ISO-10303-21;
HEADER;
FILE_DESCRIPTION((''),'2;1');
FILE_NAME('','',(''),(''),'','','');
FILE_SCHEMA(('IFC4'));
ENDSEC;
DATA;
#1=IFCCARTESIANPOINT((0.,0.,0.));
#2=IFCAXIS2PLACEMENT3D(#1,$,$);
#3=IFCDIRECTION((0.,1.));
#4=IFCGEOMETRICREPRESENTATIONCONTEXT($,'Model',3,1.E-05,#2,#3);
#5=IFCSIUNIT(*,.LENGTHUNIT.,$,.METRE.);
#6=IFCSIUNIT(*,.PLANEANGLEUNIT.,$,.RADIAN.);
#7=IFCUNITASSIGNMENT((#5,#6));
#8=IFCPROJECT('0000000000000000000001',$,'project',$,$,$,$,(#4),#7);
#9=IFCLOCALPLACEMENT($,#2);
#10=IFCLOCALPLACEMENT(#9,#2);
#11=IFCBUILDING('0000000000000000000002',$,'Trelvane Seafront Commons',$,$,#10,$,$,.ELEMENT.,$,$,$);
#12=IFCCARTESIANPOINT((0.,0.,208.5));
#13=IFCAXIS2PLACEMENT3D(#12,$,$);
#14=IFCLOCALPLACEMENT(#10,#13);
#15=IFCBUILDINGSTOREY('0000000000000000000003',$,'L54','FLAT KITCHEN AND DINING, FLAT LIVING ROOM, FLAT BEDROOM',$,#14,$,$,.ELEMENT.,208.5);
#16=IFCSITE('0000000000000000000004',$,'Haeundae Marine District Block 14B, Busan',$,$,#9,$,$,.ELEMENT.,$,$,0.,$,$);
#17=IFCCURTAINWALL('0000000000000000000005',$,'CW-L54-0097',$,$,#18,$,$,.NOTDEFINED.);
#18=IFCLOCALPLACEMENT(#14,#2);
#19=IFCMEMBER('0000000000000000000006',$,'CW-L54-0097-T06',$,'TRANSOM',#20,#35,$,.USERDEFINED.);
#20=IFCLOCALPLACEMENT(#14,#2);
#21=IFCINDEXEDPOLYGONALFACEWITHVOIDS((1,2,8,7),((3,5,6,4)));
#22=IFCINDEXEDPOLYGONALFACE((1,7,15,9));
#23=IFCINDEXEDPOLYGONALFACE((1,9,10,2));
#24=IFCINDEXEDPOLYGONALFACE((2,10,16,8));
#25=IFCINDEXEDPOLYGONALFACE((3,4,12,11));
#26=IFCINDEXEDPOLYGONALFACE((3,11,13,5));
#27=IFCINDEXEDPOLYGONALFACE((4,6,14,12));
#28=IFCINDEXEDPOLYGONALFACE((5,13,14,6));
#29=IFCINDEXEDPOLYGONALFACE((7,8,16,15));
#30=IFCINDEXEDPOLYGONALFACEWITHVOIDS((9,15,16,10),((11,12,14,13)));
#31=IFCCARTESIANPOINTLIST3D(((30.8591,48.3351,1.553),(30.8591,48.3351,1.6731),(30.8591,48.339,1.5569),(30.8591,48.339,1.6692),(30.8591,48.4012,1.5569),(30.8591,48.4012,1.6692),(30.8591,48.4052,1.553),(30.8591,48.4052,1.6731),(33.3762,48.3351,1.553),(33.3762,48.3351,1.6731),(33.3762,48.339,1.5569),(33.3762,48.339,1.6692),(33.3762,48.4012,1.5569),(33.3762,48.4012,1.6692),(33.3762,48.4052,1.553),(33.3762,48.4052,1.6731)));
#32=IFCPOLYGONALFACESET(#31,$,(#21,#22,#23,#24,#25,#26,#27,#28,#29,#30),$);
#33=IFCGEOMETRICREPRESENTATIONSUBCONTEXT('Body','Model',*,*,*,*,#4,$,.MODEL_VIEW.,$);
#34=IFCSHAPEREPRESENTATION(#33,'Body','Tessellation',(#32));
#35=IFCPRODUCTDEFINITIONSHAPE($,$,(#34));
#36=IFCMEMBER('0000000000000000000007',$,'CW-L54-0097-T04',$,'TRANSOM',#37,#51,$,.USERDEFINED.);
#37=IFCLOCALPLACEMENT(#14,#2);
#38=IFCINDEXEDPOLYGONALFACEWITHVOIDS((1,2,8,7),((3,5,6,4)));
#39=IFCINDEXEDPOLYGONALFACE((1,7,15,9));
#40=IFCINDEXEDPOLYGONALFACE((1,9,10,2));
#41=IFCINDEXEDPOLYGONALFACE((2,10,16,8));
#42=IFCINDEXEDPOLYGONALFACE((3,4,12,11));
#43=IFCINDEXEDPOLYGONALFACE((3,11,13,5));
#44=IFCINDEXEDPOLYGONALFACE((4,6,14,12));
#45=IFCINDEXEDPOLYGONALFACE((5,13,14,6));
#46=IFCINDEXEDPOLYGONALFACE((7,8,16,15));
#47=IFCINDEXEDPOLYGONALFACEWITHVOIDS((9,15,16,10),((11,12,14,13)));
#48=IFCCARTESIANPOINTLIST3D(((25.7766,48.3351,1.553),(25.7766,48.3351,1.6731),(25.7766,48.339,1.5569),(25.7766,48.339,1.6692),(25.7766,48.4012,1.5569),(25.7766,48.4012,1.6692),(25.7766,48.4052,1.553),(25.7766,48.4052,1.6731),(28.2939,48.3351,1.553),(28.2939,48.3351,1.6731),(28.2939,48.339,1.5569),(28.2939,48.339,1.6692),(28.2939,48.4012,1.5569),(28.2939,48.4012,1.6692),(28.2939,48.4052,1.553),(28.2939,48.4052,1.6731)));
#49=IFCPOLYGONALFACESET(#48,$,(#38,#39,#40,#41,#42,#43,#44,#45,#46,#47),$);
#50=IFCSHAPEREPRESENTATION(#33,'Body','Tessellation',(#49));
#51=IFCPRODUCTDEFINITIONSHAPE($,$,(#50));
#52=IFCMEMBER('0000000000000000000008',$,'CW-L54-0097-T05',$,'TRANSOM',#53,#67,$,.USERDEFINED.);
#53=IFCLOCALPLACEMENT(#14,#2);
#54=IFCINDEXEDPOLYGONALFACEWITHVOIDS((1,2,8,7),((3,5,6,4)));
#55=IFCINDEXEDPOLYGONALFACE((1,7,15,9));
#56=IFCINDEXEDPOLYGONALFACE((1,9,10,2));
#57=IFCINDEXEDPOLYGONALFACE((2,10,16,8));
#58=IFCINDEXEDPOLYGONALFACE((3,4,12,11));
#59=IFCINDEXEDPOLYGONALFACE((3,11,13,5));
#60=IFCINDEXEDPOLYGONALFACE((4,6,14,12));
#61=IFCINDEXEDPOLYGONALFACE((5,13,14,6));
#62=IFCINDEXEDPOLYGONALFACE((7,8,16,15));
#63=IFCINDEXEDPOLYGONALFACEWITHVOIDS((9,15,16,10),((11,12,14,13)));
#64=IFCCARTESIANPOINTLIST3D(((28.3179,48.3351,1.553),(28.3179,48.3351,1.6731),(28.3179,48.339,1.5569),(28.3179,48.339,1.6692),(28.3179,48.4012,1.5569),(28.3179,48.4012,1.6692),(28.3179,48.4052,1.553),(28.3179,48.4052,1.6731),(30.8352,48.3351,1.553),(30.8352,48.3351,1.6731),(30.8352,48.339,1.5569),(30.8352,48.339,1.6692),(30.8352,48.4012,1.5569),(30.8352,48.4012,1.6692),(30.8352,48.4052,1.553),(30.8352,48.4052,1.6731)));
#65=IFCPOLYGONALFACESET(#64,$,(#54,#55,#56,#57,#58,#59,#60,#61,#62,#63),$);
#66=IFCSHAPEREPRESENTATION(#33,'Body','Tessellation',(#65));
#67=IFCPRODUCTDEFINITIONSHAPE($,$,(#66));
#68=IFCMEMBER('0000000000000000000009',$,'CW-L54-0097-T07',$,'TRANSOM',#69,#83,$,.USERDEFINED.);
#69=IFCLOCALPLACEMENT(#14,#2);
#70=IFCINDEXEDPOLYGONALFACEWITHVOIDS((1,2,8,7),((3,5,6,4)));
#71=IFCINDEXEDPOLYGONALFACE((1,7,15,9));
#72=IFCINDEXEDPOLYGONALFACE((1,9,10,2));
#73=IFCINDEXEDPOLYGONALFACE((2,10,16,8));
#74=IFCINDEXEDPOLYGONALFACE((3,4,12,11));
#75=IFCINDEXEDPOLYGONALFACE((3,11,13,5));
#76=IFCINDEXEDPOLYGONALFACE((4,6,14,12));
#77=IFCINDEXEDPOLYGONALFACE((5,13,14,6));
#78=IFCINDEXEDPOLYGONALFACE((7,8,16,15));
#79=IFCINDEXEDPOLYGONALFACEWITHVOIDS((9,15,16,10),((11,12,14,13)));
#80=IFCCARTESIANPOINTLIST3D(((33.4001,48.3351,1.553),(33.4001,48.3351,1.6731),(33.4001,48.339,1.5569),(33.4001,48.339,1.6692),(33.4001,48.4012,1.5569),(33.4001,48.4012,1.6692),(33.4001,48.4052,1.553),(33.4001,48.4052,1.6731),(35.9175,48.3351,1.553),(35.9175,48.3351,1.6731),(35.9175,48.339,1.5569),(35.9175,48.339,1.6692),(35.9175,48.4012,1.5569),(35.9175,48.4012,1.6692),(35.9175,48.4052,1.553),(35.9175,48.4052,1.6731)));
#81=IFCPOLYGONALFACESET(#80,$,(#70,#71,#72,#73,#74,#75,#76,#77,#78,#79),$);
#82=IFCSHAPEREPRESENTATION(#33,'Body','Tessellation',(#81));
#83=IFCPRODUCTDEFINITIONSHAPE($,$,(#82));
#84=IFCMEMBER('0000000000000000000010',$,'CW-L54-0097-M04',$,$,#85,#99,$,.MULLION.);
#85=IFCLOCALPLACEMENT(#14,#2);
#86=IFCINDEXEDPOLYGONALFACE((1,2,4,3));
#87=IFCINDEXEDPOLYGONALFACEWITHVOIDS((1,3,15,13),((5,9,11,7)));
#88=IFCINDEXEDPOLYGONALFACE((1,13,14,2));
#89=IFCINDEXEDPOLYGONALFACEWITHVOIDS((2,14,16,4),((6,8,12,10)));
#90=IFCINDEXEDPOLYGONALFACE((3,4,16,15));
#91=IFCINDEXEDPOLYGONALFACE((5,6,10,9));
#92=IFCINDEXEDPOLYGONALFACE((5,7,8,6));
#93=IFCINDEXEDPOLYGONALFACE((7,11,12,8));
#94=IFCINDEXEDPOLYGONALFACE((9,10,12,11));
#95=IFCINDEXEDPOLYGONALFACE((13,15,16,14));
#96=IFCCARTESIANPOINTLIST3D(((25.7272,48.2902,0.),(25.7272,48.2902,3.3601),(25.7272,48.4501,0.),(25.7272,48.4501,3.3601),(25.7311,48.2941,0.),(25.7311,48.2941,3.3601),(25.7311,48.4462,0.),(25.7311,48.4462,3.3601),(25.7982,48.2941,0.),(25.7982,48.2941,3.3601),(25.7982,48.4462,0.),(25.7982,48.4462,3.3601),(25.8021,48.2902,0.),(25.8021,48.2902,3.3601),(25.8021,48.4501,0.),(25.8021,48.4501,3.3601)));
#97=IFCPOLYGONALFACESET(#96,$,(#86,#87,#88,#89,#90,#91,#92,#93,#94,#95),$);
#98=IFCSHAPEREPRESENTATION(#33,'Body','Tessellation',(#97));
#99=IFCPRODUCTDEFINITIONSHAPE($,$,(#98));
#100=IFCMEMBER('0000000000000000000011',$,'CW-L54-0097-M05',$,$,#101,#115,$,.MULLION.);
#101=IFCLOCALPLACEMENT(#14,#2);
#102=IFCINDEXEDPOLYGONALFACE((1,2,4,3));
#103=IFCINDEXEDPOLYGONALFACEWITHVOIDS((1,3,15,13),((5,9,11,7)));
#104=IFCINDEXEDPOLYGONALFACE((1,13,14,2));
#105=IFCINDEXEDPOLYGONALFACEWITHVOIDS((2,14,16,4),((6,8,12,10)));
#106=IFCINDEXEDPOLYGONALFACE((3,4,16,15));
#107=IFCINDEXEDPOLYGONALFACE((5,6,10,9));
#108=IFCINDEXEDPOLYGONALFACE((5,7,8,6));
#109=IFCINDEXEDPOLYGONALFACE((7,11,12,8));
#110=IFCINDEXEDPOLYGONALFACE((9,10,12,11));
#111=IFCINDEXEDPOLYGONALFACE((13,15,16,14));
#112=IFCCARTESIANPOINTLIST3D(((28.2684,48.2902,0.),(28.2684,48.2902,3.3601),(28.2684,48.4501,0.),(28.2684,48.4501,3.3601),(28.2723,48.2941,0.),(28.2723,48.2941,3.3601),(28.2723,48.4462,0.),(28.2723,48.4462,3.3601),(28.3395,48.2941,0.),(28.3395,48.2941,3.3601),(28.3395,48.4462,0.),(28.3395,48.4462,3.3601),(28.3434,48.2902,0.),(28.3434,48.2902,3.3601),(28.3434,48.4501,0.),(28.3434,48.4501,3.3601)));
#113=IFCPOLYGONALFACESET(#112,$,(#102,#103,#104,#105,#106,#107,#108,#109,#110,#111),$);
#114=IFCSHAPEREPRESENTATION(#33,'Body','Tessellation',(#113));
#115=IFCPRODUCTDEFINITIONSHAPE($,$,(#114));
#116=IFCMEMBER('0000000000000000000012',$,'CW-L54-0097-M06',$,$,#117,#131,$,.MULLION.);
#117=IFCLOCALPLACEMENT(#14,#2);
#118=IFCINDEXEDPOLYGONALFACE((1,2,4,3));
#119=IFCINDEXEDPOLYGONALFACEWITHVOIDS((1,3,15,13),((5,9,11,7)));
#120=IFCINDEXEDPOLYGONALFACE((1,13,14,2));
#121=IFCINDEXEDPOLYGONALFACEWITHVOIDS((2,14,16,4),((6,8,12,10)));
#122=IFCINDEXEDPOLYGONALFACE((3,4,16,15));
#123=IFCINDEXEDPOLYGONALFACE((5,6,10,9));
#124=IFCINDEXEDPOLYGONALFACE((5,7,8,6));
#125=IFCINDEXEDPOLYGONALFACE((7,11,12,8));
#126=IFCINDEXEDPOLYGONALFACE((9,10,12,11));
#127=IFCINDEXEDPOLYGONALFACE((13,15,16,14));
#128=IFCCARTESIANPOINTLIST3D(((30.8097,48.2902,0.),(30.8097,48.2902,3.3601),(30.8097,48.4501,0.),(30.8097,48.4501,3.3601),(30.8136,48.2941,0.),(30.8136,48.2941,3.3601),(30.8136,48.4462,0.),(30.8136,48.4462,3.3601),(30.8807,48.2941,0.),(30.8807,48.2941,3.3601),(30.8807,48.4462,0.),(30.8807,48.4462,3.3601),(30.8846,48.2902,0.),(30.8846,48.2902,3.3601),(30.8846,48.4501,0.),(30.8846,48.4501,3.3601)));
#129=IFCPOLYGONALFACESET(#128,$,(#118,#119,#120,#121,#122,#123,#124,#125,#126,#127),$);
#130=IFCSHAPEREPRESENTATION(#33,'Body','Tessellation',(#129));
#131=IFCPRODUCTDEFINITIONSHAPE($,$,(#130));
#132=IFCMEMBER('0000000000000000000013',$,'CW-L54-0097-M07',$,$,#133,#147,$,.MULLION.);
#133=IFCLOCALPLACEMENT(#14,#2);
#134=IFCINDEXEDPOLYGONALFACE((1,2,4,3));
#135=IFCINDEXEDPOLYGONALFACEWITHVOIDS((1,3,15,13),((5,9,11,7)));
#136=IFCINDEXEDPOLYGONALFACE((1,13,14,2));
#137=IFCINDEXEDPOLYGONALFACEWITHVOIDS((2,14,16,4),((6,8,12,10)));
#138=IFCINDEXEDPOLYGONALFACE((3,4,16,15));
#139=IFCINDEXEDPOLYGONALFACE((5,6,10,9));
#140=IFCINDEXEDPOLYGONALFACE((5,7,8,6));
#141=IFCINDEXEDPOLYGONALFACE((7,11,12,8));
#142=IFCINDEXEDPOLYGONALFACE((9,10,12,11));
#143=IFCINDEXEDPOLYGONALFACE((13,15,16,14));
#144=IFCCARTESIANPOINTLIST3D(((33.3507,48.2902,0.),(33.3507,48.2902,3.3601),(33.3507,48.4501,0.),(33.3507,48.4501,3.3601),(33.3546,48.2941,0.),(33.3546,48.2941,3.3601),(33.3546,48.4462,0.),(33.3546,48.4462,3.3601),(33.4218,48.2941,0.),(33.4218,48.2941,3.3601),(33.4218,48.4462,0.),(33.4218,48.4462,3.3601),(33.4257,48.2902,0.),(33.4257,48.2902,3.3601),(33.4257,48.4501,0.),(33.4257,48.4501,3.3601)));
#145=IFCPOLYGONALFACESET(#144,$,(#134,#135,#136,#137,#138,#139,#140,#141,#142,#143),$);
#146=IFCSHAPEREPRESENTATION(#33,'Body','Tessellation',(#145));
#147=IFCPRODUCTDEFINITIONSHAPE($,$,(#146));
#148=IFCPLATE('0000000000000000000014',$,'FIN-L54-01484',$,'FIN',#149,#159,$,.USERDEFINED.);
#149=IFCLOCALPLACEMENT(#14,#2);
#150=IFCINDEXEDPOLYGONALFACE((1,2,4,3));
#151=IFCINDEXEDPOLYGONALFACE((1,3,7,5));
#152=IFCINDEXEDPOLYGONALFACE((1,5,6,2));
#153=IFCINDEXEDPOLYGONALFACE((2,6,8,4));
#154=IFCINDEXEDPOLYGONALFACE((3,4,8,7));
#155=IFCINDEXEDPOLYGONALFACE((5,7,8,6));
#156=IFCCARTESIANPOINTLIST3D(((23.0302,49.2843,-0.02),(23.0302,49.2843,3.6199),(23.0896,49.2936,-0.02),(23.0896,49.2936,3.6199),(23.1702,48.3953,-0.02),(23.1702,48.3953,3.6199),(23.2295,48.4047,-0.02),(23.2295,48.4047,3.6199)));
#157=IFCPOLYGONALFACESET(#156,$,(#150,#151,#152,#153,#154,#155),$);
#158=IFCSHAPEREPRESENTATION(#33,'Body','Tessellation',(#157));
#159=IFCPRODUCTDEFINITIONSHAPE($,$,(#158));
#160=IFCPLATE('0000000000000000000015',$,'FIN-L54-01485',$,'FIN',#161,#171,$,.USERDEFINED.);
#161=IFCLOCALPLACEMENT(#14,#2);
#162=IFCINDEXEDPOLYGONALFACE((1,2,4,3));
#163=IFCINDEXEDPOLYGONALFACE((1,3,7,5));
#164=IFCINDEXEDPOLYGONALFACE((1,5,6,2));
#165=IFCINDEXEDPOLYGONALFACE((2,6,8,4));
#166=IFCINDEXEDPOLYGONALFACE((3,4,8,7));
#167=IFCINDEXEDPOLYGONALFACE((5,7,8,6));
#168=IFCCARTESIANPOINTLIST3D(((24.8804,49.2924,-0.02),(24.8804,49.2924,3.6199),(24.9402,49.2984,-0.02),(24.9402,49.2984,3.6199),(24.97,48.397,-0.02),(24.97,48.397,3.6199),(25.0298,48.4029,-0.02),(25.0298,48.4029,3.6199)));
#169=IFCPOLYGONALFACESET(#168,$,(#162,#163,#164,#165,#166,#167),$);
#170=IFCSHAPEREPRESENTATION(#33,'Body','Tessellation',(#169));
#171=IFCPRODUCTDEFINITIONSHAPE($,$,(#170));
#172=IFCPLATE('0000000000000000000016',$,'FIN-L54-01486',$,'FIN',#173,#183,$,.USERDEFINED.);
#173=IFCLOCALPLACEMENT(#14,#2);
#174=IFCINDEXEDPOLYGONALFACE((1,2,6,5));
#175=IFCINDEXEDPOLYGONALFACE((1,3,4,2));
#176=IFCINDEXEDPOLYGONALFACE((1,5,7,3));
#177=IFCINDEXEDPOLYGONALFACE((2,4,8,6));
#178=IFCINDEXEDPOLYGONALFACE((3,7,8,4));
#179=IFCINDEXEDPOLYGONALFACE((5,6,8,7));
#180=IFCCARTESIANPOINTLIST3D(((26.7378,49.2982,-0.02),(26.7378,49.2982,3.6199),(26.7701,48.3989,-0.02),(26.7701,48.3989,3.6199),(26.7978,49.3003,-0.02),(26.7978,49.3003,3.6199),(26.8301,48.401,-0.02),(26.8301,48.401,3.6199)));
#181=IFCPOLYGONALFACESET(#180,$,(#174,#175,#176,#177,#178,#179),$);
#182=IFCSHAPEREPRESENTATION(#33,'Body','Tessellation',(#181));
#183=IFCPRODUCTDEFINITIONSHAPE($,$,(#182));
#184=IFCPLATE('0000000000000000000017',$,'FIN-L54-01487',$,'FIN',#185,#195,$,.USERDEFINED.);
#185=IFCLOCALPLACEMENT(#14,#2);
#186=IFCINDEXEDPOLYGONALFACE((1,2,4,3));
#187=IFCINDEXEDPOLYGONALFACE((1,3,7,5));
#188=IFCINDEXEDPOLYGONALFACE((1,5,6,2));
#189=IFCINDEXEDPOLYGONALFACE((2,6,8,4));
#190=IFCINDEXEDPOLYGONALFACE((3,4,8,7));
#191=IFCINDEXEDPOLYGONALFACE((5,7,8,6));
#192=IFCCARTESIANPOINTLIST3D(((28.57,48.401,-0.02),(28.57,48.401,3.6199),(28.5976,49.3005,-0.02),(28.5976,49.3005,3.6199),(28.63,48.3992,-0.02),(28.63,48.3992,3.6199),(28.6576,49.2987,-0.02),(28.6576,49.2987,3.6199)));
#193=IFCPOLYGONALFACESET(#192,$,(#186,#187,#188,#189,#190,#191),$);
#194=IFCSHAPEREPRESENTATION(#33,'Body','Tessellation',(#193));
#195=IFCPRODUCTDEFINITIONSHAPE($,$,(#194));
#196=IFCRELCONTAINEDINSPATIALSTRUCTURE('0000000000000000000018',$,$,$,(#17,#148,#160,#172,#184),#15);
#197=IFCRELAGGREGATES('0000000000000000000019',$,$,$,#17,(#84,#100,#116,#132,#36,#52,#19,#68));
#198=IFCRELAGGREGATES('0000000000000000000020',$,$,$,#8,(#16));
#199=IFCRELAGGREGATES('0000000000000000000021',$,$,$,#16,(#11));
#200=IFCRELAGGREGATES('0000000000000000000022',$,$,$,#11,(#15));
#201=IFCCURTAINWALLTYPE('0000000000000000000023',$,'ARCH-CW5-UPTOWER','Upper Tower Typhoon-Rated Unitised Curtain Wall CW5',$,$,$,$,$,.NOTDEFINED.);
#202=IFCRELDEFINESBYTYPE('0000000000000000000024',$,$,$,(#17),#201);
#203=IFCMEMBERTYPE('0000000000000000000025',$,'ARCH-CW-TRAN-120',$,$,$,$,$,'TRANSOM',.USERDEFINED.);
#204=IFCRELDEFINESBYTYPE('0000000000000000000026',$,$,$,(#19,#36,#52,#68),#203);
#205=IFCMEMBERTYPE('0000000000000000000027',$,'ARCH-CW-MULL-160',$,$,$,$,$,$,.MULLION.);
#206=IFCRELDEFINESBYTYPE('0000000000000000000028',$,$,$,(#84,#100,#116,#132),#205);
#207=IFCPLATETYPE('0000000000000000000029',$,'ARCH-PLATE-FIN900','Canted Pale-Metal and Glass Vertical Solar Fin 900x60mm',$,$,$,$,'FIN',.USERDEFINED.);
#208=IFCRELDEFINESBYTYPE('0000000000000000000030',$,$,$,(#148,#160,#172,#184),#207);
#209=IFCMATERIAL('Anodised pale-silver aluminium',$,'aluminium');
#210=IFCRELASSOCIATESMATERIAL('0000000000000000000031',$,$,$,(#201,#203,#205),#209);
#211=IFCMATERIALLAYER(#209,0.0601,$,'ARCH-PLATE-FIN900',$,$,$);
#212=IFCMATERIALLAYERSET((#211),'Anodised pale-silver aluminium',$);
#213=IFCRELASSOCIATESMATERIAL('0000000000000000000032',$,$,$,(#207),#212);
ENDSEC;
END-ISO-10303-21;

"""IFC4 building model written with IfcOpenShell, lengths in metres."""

from ifc_helpers import new_model, si_unit, direction, frame, origin, origin_2d, place, context, subcontext, project, spatial, rectangle, hollow_rectangle, extrude, source, transform, mapped, material, layer, layer_set, material_profile, profile_set, type_object, element, aggregate, save


model = new_model("IFC4")

# Units and contexts
model_context = context("Model", 3, precision=1e-05, world=origin(), true_north=direction((0.0, 1.0)))
body_context = subcontext(model_context, "Body", "Model", "MODEL_VIEW")
ifc_project = project(units=[si_unit("LENGTHUNIT", "METRE"), si_unit("PLANEANGLEUNIT", "RADIAN")], contexts=[model_context])

# Site, building, storey
site_placement = place(None, origin())
site = spatial("IfcSite", under=ifc_project, at=site_placement, Name="Haeundae Marine District Block 14B, Busan", CompositionType="ELEMENT", RefElevation=0.0)
building_placement = place(site_placement, origin())
building = spatial("IfcBuilding", under=site, at=building_placement, Name="Trelvane Seafront Commons", CompositionType="ELEMENT")
storey_placement = place(building_placement, frame((0.0, 0.0, 208.5)))
storey = spatial("IfcBuildingStorey", under=building, at=storey_placement, Name="L54", Description="FLAT KITCHEN AND DINING, FLAT LIVING ROOM, FLAT BEDROOM", CompositionType="ELEMENT", Elevation=208.5)

# Curtain wall, members
ifc_material_1 = material(Name="Anodised pale-silver aluminium", Category="aluminium")
curtain_wall_type = type_object("IfcCurtainWallType", Name="ARCH-CW5-UPTOWER", Description="Upper Tower Typhoon-Rated Unitised Curtain Wall CW5", PredefinedType="NOTDEFINED", material=ifc_material_1)
curtain_wall_placement = place(storey_placement, origin())
curtain_wall = element("IfcCurtainWall", 1, at=curtain_wall_placement, inside=storey, type_object=curtain_wall_type, Name="CW-L54-0097", PredefinedType="NOTDEFINED")
ifc_material_profile_1 = material_profile(ifc_material_1, hollow_rectangle(XDim=0.0701, YDim=0.1201, WallThickness=0.0039, at=origin_2d()), Name="TRAN-70x120x4")
ifc_profile_set_1 = profile_set([ifc_material_profile_1], Name="Anodised pale-silver aluminium")
member_type_1 = type_object("IfcMemberType", Name="ARCH-CW-TRAN-120", ElementType="TRANSOM", PredefinedType="USERDEFINED", material=ifc_profile_set_1)
shared_shape_1 = source(origin(), body_context, "Body", "SweptSolid", [
    extrude(hollow_rectangle(XDim=0.0701, YDim=0.1201, WallThickness=0.0039, at=origin_2d()), origin(), (0.0, 0.0, 1.0), 2.5171),
])
member_1_placement = place(storey_placement, frame((30.8591, 48.3701, 1.613), z_axis=(1.0, 0.0, 0.0), x_axis=(0.0, 1.0, 0.0)))
member_1 = element("IfcMember", 2, at=member_1_placement, type_object=member_type_1, Name="CW-L54-0097-T06", ObjectType="TRANSOM", PredefinedType="USERDEFINED", context=body_context, shape_type="MappedRepresentation", body=[
    mapped(shared_shape_1, transform((0.0, 0.0, 0.0), x_axis=(1.0, 0.0, 0.0), y_axis=(0.0, 1.0, 0.0), z_axis=(0.0, 0.0, 1.0), scale=1.0)),
])
shared_shape_2 = source(origin(), body_context, "Body", "SweptSolid", [
    extrude(hollow_rectangle(XDim=0.0701, YDim=0.1201, WallThickness=0.0039, at=origin_2d()), origin(), (0.0, 0.0, 1.0), 2.5173),
])
member_2_placement = place(storey_placement, frame((25.7766, 48.3701, 1.613), z_axis=(1.0, 0.0, 0.0), x_axis=(0.0, 1.0, 0.0)))
member_2 = element("IfcMember", 3, at=member_2_placement, type_object=member_type_1, Name="CW-L54-0097-T04", ObjectType="TRANSOM", PredefinedType="USERDEFINED", context=body_context, shape_type="MappedRepresentation", body=[
    mapped(shared_shape_2, transform((0.0, 0.0, 0.0), x_axis=(1.0, 0.0, 0.0), y_axis=(0.0, 1.0, 0.0), z_axis=(0.0, 0.0, 1.0), scale=1.0)),
])
member_3_placement = place(storey_placement, frame((28.3179, 48.3701, 1.613), z_axis=(1.0, 0.0, 0.0), x_axis=(0.0, 1.0, 0.0)))
member_3 = element("IfcMember", 4, at=member_3_placement, type_object=member_type_1, Name="CW-L54-0097-T05", ObjectType="TRANSOM", PredefinedType="USERDEFINED", context=body_context, shape_type="MappedRepresentation", body=[
    mapped(shared_shape_2, transform((0.0, 0.0, 0.0), x_axis=(1.0, 0.0, 0.0), y_axis=(0.0, 1.0, 0.0), z_axis=(0.0, 0.0, 1.0), scale=1.0)),
])
member_4_placement = place(storey_placement, frame((33.4001, 48.3701, 1.613), z_axis=(1.0, 0.0, 0.0), x_axis=(0.0, 1.0, 0.0)))
member_4 = element("IfcMember", 5, at=member_4_placement, type_object=member_type_1, Name="CW-L54-0097-T07", ObjectType="TRANSOM", PredefinedType="USERDEFINED", context=body_context, shape_type="MappedRepresentation", body=[
    mapped(shared_shape_2, transform((0.0, 0.0, 0.0), x_axis=(1.0, 0.0, 0.0), y_axis=(0.0, 1.0, 0.0), z_axis=(0.0, 0.0, 1.0), scale=1.0)),
])
ifc_material_profile_2 = material_profile(ifc_material_1, hollow_rectangle(XDim=0.075, YDim=0.1599, WallThickness=0.0039, at=origin_2d()), Name="MULL-75x160x4")
ifc_profile_set_2 = profile_set([ifc_material_profile_2], Name="Anodised pale-silver aluminium")
member_type_2 = type_object("IfcMemberType", Name="ARCH-CW-MULL-160", PredefinedType="MULLION", material=ifc_profile_set_2)
shared_shape_3 = source(origin(), body_context, "Body", "SweptSolid", [
    extrude(hollow_rectangle(XDim=0.075, YDim=0.1599, WallThickness=0.0039, at=origin_2d()), origin(), (0.0, 0.0, 1.0), 3.3601),
])
member_5_placement = place(storey_placement, frame((25.7646, 48.3701, 0.0), z_axis=(0.0, 0.0, 1.0), x_axis=(1.0, 0.0, 0.0)))
member_5 = element("IfcMember", 6, at=member_5_placement, type_object=member_type_2, Name="CW-L54-0097-M04", PredefinedType="MULLION", context=body_context, shape_type="MappedRepresentation", body=[
    mapped(shared_shape_3, transform((0.0, 0.0, 0.0), x_axis=(1.0, 0.0, 0.0), y_axis=(0.0, 1.0, 0.0), z_axis=(0.0, 0.0, 1.0), scale=1.0)),
])
member_6_placement = place(storey_placement, frame((28.3059, 48.3701, 0.0), z_axis=(0.0, 0.0, 1.0), x_axis=(1.0, 0.0, 0.0)))
member_6 = element("IfcMember", 7, at=member_6_placement, type_object=member_type_2, Name="CW-L54-0097-M05", PredefinedType="MULLION", context=body_context, shape_type="MappedRepresentation", body=[
    mapped(shared_shape_3, transform((0.0, 0.0, 0.0), x_axis=(1.0, 0.0, 0.0), y_axis=(0.0, 1.0, 0.0), z_axis=(0.0, 0.0, 1.0), scale=1.0)),
])
member_7_placement = place(storey_placement, frame((30.8472, 48.3701, 0.0), z_axis=(0.0, 0.0, 1.0), x_axis=(1.0, 0.0, 0.0)))
member_7 = element("IfcMember", 8, at=member_7_placement, type_object=member_type_2, Name="CW-L54-0097-M06", PredefinedType="MULLION", context=body_context, shape_type="MappedRepresentation", body=[
    mapped(shared_shape_3, transform((0.0, 0.0, 0.0), x_axis=(1.0, 0.0, 0.0), y_axis=(0.0, 1.0, 0.0), z_axis=(0.0, 0.0, 1.0), scale=1.0)),
])
member_8_placement = place(storey_placement, frame((33.3882, 48.3701, 0.0), z_axis=(0.0, 0.0, 1.0), x_axis=(1.0, 0.0, 0.0)))
member_8 = element("IfcMember", 9, at=member_8_placement, type_object=member_type_2, Name="CW-L54-0097-M07", PredefinedType="MULLION", context=body_context, shape_type="MappedRepresentation", body=[
    mapped(shared_shape_3, transform((0.0, 0.0, 0.0), x_axis=(1.0, 0.0, 0.0), y_axis=(0.0, 1.0, 0.0), z_axis=(0.0, 0.0, 1.0), scale=1.0)),
])

# Plates
ifc_layer_1 = layer(ifc_material_1, 0.0601, Name="ARCH-PLATE-FIN900")
ifc_layer_set_1 = layer_set([ifc_layer_1], Name="Anodised pale-silver aluminium")
plate_type_1 = type_object("IfcPlateType", Name="ARCH-PLATE-FIN900", Description="Canted Pale-Metal and Glass Vertical Solar Fin 900x60mm", ElementType="FIN", PredefinedType="USERDEFINED", material=ifc_layer_set_1)
shared_shape_4 = source(origin(), body_context, "Body", "SweptSolid", [
    extrude(rectangle(XDim=0.8999, YDim=0.0601, at=origin_2d()), origin(), (0.0, 0.0, 1.0), 3.6399),
])
for number, where, z_axis, x_axis, name in (
    (10, (23.1299, 48.8445, -0.02), (0.0, 0.0, 1.0), (-0.155564, 0.987826, 0.0), "FIN-L54-01484"),
    (11, (24.9551, 48.8477, -0.02), (0.0, 0.0, 1.0), (-0.099559, 0.995032, 0.0), "FIN-L54-01485"),
    (12, (26.7839, 48.8496, -0.02), (0.0, 0.0, 1.0), (-0.03589, 0.999356, 0.0), "FIN-L54-01486"),
    (13, (28.6138, 48.8499, -0.02), (0.0, 0.0, 1.0), (0.030666, 0.99953, 0.0), "FIN-L54-01487"),
):
    element("IfcPlate", number, at=place(storey_placement, frame(where, z_axis=z_axis, x_axis=x_axis)), inside=storey, type_object=plate_type_1, Name=name, ObjectType="FIN", PredefinedType="USERDEFINED", context=body_context, shape_type="MappedRepresentation", body=[
        mapped(shared_shape_4, transform((0.0, 0.0, 0.0), x_axis=(1.0, 0.0, 0.0), y_axis=(0.0, 1.0, 0.0), z_axis=(0.0, 0.0, 1.0), scale=1.0)),
    ])

aggregate(curtain_wall, [member_5, member_6, member_7, member_8, member_2, member_3, member_1, member_4])

save(model, "model.ifc")
